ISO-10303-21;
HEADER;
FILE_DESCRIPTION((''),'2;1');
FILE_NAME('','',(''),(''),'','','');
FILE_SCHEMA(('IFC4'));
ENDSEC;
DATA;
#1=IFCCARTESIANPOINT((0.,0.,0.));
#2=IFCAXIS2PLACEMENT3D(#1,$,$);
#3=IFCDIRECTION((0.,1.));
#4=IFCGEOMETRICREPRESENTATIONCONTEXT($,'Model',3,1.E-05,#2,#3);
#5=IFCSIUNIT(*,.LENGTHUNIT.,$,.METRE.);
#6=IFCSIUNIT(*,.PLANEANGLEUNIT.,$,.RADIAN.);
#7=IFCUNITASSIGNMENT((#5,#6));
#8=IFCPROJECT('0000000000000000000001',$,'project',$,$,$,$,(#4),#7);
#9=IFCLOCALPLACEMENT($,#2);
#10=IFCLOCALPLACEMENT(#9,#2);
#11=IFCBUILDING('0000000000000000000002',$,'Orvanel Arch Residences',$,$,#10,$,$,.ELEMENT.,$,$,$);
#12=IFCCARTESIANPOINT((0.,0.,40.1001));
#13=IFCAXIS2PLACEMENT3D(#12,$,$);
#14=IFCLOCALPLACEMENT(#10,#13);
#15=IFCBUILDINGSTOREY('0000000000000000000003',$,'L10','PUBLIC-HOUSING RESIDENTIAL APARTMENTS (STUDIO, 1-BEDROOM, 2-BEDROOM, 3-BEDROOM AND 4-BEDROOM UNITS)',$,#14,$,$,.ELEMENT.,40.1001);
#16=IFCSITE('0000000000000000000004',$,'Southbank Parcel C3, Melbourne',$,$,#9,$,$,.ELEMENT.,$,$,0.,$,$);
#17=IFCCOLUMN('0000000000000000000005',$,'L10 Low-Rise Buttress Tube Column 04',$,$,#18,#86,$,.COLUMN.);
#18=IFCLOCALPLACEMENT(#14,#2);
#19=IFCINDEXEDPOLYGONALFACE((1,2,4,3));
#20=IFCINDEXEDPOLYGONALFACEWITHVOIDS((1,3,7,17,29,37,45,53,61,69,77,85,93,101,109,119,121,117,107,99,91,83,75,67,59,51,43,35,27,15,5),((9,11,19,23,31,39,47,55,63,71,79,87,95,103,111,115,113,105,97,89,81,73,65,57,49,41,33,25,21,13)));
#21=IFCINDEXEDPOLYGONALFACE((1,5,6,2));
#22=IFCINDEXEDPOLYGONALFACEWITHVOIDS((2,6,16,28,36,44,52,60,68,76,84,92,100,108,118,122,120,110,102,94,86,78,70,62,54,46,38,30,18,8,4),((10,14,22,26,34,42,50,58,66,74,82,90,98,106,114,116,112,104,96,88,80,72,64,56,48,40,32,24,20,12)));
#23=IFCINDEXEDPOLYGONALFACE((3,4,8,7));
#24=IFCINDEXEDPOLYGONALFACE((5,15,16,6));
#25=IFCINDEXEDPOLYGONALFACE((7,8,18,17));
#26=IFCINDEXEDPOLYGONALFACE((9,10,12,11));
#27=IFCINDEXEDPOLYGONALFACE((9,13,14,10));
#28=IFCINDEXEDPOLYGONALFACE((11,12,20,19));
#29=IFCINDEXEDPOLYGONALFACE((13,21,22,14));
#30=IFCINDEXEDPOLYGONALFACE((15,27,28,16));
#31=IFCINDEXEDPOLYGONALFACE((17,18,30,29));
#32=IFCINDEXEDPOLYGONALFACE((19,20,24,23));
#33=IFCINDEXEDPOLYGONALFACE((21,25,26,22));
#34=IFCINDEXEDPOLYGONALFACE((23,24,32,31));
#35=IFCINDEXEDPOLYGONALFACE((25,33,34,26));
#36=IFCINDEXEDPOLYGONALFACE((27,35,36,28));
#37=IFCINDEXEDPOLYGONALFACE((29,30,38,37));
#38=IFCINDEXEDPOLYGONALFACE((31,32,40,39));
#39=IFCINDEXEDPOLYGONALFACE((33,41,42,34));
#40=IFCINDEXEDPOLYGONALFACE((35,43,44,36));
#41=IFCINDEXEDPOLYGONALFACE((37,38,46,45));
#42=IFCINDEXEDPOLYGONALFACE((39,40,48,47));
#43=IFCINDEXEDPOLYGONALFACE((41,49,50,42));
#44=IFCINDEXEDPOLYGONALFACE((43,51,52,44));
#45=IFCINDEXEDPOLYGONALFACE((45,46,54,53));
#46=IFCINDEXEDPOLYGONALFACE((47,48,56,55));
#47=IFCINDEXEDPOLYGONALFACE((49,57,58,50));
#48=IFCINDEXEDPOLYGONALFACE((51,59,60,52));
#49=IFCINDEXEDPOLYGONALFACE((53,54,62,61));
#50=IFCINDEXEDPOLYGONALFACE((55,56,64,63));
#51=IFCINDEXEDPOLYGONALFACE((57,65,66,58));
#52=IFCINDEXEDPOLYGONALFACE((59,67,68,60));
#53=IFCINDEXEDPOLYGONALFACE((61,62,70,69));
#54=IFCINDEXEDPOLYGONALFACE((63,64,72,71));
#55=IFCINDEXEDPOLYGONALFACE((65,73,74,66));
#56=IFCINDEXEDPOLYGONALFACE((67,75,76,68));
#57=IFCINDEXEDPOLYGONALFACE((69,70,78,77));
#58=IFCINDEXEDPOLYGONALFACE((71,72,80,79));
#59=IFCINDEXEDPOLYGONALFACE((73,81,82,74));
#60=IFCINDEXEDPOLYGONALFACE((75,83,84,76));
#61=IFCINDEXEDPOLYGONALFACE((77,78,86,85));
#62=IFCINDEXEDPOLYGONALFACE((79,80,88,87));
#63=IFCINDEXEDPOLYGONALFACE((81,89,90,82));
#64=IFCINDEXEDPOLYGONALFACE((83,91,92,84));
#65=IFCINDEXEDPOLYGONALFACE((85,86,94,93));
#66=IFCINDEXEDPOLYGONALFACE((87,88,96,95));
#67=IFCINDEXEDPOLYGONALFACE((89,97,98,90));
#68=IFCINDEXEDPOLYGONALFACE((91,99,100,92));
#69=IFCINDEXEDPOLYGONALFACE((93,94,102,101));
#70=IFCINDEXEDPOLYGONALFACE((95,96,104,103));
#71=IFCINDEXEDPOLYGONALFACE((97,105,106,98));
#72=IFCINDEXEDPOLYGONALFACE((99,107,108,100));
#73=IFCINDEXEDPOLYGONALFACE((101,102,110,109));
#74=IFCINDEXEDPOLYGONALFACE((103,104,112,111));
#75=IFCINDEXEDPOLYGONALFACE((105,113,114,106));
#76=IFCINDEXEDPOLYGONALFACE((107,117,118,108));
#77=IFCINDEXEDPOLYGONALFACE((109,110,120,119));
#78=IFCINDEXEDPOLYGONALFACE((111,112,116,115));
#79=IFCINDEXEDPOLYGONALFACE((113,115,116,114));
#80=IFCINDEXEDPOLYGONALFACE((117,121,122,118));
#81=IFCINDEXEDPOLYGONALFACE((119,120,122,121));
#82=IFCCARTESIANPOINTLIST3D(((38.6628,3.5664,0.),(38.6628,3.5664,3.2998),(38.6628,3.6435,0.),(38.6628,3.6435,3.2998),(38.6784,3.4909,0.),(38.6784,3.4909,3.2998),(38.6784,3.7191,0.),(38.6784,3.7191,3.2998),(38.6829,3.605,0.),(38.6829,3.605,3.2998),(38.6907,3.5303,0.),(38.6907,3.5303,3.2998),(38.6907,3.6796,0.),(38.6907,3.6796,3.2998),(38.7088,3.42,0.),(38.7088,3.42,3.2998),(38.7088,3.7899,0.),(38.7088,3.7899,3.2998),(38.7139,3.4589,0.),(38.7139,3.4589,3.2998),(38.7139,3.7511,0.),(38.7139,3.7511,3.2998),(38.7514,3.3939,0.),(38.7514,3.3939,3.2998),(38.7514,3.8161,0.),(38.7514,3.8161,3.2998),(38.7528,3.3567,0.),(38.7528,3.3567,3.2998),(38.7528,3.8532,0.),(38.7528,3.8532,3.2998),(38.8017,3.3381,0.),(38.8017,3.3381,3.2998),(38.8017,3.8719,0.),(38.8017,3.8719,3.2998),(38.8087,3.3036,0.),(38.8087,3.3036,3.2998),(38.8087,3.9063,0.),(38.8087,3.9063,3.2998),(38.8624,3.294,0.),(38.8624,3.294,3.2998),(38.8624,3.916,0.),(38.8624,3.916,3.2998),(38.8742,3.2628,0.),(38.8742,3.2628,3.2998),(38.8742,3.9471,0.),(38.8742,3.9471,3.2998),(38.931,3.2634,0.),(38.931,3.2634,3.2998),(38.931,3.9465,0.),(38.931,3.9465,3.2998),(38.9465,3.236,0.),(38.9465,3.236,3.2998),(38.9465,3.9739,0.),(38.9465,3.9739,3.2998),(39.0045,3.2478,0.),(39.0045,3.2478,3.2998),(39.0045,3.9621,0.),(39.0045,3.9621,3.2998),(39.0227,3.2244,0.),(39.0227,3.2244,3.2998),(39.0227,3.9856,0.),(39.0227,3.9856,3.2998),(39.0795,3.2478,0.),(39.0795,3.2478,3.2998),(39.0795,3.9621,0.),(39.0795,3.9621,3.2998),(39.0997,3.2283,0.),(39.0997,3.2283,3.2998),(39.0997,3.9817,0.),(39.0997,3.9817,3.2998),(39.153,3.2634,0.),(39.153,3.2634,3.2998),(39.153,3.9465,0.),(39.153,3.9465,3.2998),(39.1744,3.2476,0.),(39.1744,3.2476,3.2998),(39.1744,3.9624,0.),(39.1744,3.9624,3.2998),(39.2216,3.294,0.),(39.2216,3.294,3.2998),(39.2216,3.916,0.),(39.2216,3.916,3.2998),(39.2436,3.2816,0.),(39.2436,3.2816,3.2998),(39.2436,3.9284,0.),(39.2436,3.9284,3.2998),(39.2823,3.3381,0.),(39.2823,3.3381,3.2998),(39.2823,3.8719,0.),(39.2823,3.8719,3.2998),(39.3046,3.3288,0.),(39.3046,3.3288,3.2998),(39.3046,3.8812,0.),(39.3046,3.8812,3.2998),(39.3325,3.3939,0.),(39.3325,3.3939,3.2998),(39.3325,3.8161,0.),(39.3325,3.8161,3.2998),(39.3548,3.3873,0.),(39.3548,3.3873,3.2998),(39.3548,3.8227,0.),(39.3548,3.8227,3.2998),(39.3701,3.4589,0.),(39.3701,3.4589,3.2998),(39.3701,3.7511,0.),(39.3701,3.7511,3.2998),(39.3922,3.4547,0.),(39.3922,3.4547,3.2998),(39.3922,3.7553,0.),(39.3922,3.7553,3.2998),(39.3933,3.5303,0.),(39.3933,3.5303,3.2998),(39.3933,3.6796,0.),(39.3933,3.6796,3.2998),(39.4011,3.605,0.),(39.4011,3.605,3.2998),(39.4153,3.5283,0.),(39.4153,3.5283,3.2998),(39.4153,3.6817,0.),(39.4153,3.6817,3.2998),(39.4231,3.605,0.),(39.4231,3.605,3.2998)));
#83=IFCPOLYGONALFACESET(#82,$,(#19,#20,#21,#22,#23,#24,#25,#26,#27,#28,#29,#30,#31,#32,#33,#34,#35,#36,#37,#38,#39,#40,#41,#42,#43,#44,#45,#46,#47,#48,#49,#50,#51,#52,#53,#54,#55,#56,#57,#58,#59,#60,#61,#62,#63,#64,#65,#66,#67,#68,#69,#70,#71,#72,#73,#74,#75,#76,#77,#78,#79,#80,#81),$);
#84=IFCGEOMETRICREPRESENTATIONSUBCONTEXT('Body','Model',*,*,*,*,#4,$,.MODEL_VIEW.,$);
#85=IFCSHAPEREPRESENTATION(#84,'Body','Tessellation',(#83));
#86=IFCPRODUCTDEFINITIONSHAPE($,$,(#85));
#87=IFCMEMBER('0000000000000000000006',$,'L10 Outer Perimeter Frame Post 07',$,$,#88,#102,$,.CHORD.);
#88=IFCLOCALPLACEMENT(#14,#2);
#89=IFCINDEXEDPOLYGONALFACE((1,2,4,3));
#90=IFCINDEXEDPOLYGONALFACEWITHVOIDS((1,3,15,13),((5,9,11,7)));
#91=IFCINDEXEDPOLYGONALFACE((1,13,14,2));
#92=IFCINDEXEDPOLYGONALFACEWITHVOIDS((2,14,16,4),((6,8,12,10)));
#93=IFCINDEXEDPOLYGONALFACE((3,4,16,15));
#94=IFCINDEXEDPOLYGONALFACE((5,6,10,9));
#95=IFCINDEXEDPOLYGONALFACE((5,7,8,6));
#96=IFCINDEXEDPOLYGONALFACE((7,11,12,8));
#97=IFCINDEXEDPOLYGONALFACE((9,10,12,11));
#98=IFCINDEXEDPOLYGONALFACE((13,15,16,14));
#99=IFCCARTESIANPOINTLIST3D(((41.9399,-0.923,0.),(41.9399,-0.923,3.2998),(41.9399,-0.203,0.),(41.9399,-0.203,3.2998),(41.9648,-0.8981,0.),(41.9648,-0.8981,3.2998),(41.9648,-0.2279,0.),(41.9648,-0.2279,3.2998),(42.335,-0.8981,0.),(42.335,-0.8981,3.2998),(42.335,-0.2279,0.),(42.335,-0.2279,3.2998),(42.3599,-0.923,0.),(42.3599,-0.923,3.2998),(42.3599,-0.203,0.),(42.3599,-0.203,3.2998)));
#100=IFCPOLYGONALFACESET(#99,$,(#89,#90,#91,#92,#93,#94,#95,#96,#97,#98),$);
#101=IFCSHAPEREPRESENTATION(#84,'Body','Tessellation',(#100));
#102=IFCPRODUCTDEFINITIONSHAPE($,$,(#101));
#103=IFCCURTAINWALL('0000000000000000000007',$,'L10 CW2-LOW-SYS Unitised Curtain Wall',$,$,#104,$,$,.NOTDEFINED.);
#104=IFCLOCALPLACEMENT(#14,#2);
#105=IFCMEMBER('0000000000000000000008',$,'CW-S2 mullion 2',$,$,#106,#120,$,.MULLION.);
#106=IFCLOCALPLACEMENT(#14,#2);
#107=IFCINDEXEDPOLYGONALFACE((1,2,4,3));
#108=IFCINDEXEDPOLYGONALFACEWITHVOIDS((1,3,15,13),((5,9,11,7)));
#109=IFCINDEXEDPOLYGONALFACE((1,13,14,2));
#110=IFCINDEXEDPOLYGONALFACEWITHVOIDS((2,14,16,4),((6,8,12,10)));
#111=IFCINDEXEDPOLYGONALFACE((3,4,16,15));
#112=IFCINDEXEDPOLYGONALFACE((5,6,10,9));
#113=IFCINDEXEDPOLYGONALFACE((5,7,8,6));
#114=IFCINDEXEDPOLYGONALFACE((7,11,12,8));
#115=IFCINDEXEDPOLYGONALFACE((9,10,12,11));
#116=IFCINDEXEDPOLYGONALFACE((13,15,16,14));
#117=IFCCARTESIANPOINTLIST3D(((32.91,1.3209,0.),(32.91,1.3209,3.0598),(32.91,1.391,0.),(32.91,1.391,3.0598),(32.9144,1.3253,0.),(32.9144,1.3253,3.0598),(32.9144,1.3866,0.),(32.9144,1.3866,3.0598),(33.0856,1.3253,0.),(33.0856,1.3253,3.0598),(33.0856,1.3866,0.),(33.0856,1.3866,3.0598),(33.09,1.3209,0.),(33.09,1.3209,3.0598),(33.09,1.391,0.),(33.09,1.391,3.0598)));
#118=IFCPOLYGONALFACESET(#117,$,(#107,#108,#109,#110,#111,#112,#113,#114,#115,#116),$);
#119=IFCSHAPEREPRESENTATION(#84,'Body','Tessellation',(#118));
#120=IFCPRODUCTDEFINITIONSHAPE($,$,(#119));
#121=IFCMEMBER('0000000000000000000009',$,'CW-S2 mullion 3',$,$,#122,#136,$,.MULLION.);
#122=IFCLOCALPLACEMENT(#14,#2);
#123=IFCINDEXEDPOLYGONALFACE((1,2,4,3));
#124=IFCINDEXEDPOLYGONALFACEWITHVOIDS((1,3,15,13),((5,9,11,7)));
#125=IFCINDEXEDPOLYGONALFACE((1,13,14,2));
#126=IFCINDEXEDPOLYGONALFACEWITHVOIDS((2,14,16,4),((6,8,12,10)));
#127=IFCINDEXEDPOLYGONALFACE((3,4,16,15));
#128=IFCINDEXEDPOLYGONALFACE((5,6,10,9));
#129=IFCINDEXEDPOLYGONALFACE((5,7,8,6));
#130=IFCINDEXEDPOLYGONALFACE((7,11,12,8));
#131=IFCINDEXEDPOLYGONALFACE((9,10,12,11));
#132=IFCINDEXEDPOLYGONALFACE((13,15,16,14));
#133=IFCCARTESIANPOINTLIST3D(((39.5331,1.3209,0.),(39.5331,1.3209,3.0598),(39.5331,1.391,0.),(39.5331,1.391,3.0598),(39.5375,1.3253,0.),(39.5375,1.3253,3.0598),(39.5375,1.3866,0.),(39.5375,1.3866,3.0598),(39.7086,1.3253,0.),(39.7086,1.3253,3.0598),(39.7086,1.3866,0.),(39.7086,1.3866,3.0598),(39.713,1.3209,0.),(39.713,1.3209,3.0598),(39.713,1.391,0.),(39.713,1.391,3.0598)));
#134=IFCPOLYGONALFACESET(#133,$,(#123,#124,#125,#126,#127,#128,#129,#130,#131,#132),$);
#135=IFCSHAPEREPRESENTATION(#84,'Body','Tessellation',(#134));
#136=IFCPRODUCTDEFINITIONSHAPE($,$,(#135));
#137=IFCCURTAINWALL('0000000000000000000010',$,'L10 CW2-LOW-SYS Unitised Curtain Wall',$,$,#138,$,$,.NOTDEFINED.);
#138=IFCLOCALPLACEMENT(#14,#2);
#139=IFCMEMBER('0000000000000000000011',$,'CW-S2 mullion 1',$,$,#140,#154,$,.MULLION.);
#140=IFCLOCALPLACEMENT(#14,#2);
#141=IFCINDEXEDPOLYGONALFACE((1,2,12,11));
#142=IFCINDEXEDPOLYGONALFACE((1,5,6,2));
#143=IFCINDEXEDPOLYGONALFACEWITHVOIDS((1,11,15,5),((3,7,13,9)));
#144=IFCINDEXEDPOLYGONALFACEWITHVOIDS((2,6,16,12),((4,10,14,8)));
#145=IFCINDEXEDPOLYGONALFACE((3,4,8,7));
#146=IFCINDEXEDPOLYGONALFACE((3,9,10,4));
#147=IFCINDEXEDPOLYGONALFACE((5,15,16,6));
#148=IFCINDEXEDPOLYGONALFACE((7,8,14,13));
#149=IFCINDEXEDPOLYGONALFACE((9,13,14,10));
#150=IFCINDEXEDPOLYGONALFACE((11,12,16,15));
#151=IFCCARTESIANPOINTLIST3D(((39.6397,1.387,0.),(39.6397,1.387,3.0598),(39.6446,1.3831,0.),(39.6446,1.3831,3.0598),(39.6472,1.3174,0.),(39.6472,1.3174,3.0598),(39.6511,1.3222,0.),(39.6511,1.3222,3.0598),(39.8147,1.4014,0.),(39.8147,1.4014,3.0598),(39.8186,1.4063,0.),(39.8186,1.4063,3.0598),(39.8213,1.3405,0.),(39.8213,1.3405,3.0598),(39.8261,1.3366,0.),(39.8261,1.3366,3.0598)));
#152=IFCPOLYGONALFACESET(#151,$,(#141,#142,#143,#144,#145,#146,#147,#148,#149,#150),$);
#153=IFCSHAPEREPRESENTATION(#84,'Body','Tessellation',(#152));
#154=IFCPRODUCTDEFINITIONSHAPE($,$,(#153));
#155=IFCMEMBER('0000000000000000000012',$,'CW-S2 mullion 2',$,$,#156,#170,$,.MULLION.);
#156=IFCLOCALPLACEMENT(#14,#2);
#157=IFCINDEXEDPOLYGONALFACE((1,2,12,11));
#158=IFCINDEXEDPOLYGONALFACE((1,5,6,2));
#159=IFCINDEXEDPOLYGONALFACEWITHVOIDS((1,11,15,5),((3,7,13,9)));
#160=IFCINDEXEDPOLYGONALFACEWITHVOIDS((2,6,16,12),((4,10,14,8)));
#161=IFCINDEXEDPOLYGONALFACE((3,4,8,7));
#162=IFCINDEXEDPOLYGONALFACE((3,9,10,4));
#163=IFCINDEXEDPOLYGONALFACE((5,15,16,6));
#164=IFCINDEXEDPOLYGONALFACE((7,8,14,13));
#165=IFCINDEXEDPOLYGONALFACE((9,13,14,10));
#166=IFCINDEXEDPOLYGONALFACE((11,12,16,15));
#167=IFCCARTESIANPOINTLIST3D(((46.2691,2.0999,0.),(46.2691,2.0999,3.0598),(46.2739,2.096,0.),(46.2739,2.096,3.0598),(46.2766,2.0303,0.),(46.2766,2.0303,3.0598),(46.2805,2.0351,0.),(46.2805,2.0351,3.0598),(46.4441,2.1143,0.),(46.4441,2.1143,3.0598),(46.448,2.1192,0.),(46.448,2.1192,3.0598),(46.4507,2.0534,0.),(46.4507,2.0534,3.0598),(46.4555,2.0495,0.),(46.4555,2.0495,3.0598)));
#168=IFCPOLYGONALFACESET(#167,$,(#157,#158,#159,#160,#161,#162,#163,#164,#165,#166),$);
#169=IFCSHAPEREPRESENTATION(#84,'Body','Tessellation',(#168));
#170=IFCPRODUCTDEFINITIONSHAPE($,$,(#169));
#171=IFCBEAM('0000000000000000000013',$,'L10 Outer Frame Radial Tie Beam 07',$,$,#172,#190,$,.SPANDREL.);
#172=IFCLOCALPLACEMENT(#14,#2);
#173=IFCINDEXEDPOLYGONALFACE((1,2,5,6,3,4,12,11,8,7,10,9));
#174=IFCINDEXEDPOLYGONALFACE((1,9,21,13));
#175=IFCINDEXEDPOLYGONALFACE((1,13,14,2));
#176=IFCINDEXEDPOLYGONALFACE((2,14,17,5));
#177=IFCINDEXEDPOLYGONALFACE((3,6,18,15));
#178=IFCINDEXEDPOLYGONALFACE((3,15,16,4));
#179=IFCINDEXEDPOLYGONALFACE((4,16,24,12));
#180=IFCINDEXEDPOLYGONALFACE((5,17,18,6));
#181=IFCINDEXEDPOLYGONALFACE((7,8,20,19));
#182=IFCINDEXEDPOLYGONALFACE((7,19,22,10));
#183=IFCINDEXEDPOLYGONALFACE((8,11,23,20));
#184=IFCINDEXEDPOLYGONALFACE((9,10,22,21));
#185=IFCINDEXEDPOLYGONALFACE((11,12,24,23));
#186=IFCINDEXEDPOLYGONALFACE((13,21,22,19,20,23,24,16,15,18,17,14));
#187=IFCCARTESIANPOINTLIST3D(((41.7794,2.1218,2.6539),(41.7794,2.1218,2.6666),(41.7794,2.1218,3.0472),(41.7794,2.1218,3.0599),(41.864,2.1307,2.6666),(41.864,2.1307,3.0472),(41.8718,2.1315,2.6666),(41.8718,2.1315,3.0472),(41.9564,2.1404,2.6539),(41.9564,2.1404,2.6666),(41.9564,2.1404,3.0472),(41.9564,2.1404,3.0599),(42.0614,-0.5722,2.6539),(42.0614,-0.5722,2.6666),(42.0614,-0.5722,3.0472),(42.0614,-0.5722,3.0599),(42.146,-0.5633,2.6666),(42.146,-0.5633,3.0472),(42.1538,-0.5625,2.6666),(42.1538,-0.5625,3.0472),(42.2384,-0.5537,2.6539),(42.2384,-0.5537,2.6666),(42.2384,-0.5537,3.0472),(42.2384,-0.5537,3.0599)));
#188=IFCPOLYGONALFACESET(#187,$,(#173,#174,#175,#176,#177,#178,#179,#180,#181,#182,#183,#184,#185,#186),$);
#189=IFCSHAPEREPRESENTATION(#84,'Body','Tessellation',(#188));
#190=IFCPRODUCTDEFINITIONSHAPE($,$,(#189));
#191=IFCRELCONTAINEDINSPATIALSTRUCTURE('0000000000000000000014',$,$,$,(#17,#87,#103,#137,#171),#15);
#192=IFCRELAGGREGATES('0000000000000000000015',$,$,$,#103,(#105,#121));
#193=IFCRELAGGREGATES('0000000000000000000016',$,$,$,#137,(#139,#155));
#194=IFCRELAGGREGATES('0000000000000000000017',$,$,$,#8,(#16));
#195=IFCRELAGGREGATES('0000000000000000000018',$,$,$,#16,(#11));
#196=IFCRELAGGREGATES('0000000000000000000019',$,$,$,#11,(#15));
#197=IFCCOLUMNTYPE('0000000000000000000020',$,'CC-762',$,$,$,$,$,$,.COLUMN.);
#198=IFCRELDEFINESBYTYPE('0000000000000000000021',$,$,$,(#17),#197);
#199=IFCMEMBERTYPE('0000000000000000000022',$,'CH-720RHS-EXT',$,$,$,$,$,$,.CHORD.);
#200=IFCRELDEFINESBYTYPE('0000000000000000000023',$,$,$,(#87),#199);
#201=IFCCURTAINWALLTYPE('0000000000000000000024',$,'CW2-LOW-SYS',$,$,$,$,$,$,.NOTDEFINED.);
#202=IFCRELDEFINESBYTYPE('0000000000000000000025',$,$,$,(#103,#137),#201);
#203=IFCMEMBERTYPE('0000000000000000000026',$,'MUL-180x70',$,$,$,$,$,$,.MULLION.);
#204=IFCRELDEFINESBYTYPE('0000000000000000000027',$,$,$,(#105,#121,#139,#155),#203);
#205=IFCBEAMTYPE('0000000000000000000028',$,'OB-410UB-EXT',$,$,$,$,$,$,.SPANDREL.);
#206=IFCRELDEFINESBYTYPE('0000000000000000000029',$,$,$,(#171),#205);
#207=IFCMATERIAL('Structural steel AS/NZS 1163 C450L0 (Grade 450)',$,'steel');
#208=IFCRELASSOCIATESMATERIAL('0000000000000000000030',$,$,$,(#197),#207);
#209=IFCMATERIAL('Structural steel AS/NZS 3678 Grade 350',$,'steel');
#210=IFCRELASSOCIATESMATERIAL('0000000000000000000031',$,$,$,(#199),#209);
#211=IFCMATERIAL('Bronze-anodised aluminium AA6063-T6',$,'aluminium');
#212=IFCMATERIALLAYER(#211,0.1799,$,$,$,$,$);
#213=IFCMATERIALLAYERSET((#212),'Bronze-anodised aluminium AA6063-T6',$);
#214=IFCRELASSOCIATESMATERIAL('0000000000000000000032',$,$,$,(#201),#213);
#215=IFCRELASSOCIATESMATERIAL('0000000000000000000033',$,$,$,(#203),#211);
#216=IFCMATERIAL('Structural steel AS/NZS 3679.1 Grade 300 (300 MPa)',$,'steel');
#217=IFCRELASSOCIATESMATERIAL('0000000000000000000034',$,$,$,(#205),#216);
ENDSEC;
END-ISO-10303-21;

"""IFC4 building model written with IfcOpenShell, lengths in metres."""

from ifc_helpers import new_model, si_unit, direction, frame, origin, origin_2d, place, context, subcontext, project, spatial, hollow_rectangle, hollow_circle, i_section, extrude, material, layer, layer_set, material_profile, profile_set, type_object, element, aggregate, save


model = new_model("IFC4")

# Units and contexts
model_context = context("Model", 3, precision=1e-05, world=origin(), true_north=direction((0.0, 1.0)))
body_context = subcontext(model_context, "Body", "Model", "MODEL_VIEW")
ifc_project = project(units=[si_unit("LENGTHUNIT", "METRE"), si_unit("PLANEANGLEUNIT", "RADIAN")], contexts=[model_context])

# Site, building, storey
site_placement = place(None, origin())
site = spatial("IfcSite", under=ifc_project, at=site_placement, Name="Southbank Parcel C3, Melbourne", CompositionType="ELEMENT", RefElevation=0.0)
building_placement = place(site_placement, origin())
building = spatial("IfcBuilding", under=site, at=building_placement, Name="Orvanel Arch Residences", CompositionType="ELEMENT")
storey_placement = place(building_placement, frame((0.0, 0.0, 40.1001)))
storey = spatial("IfcBuildingStorey", under=building, at=storey_placement, Name="L10", Description="PUBLIC-HOUSING RESIDENTIAL APARTMENTS (STUDIO, 1-BEDROOM, 2-BEDROOM, 3-BEDROOM AND 4-BEDROOM UNITS)", CompositionType="ELEMENT", Elevation=40.1001)

# Column
ifc_material_1 = material(Name="Structural steel AS/NZS 1163 C450L0 (Grade 450)", Category="steel")
ifc_material_profile_1 = material_profile(ifc_material_1, hollow_circle(Radius=0.3811, WallThickness=0.022, at=origin_2d()), Name="CHS762x22")
ifc_profile_set_1 = profile_set([ifc_material_profile_1], Name="Structural steel AS/NZS 1163 C450L0 (Grade 450)")
column_type = type_object("IfcColumnType", Name="CC-762", PredefinedType="COLUMN", material=ifc_profile_set_1)
column_placement = place(storey_placement, frame((39.042, 3.605, 0.0), z_axis=(0.0, 0.0, 1.0), x_axis=(1.0, 0.0, 0.0)))
element("IfcColumn", 1, at=column_placement, inside=storey, type_object=column_type, Name="L10 Low-Rise Buttress Tube Column 04", PredefinedType="COLUMN", context=body_context, shape_type="SweptSolid", body=[
    extrude(hollow_circle(Radius=0.3811, WallThickness=0.022, at=origin_2d()), origin(), (0.0, 0.0, 1.0), 3.2998),
])

# Member
ifc_material_2 = material(Name="Structural steel AS/NZS 3678 Grade 350", Category="steel")
ifc_material_profile_2 = material_profile(ifc_material_2, hollow_rectangle(XDim=0.4199, YDim=0.72, WallThickness=0.0249, at=origin_2d()), Name="RHS720x420x25")
ifc_profile_set_2 = profile_set([ifc_material_profile_2], Name="Structural steel AS/NZS 3678 Grade 350")
member_type_1 = type_object("IfcMemberType", Name="CH-720RHS-EXT", PredefinedType="CHORD", material=ifc_profile_set_2)
member_1_placement = place(storey_placement, frame((42.1499, -0.563, 0.0), z_axis=(0.0, 0.0, 1.0), x_axis=(1.0, 0.0, 0.0)))
element("IfcMember", 2, at=member_1_placement, inside=storey, type_object=member_type_1, Name="L10 Outer Perimeter Frame Post 07", PredefinedType="CHORD", context=body_context, shape_type="SweptSolid", body=[
    extrude(hollow_rectangle(XDim=0.4199, YDim=0.72, WallThickness=0.0249, at=origin_2d()), origin(), (0.0, 0.0, 1.0), 3.2998),
])

# Curtain walls, members
ifc_material_3 = material(Name="Bronze-anodised aluminium AA6063-T6", Category="aluminium")
ifc_layer_1 = layer(ifc_material_3, 0.1799)
ifc_layer_set_1 = layer_set([ifc_layer_1], Name="Bronze-anodised aluminium AA6063-T6")
curtain_wall_type = type_object("IfcCurtainWallType", Name="CW2-LOW-SYS", PredefinedType="NOTDEFINED", material=ifc_layer_set_1)
curtain_wall_1_placement = place(storey_placement, origin())
curtain_wall_1 = element("IfcCurtainWall", 3, at=curtain_wall_1_placement, inside=storey, type_object=curtain_wall_type, Name="L10 CW2-LOW-SYS Unitised Curtain Wall", PredefinedType="NOTDEFINED")
ifc_material_profile_3 = material_profile(ifc_material_3, hollow_rectangle(XDim=0.0701, YDim=0.1799, WallThickness=0.0044, at=origin_2d()), Name="ALU180x70x4.5")
ifc_profile_set_3 = profile_set([ifc_material_profile_3], Name="Bronze-anodised aluminium AA6063-T6")
member_type_2 = type_object("IfcMemberType", Name="MUL-180x70", PredefinedType="MULLION", material=ifc_profile_set_3)
member_2_placement = place(storey_placement, frame((33.0, 1.356, 0.0), z_axis=(0.0, 0.0, 1.0), x_axis=(0.0, 1.0, 0.0)))
member_2 = element("IfcMember", 4, at=member_2_placement, type_object=member_type_2, Name="CW-S2 mullion 2", PredefinedType="MULLION", context=body_context, shape_type="SweptSolid", body=[
    extrude(hollow_rectangle(XDim=0.0701, YDim=0.1799, WallThickness=0.0044, at=origin_2d()), origin(), (0.0, 0.0, 1.0), 3.0598),
])
member_3_placement = place(storey_placement, frame((39.623, 1.356, 0.0), z_axis=(0.0, 0.0, 1.0), x_axis=(0.0, 1.0, 0.0)))
member_3 = element("IfcMember", 5, at=member_3_placement, type_object=member_type_2, Name="CW-S2 mullion 3", PredefinedType="MULLION", context=body_context, shape_type="SweptSolid", body=[
    extrude(hollow_rectangle(XDim=0.0701, YDim=0.1799, WallThickness=0.0044, at=origin_2d()), origin(), (0.0, 0.0, 1.0), 3.0598),
])
curtain_wall_2_placement = place(storey_placement, origin())
curtain_wall_2 = element("IfcCurtainWall", 6, at=curtain_wall_2_placement, inside=storey, type_object=curtain_wall_type, Name="L10 CW2-LOW-SYS Unitised Curtain Wall", PredefinedType="NOTDEFINED")
member_4_placement = place(storey_placement, frame((39.7329, 1.3618, 0.0), z_axis=(0.0, 0.0, 1.0), x_axis=(-0.106921, 0.994267, 0.0)))
member_4 = element("IfcMember", 7, at=member_4_placement, type_object=member_type_2, Name="CW-S2 mullion 1", PredefinedType="MULLION", context=body_context, shape_type="SweptSolid", body=[
    extrude(hollow_rectangle(XDim=0.0701, YDim=0.1799, WallThickness=0.0044, at=origin_2d()), origin(), (0.0, 0.0, 1.0), 3.0598),
])
member_5_placement = place(storey_placement, frame((46.3623, 2.0747, 0.0), z_axis=(0.0, 0.0, 1.0), x_axis=(-0.106921, 0.994267, 0.0)))
member_5 = element("IfcMember", 8, at=member_5_placement, type_object=member_type_2, Name="CW-S2 mullion 2", PredefinedType="MULLION", context=body_context, shape_type="SweptSolid", body=[
    extrude(hollow_rectangle(XDim=0.0701, YDim=0.1799, WallThickness=0.0044, at=origin_2d()), origin(), (0.0, 0.0, 1.0), 3.0598),
])

# Beam
ifc_material_4 = material(Name="Structural steel AS/NZS 3679.1 Grade 300 (300 MPa)", Category="steel")
ifc_material_profile_4 = material_profile(ifc_material_4, i_section(OverallWidth=0.178, OverallDepth=0.406, WebThickness=0.0078, FlangeThickness=0.0127, at=origin_2d()), Name="410UB59.7")
ifc_profile_set_4 = profile_set([ifc_material_profile_4], Name="Structural steel AS/NZS 3679.1 Grade 300 (300 MPa)")
beam_type_1 = type_object("IfcBeamType", Name="OB-410UB-EXT", PredefinedType="SPANDREL", material=ifc_profile_set_4)
beam_1_placement = place(storey_placement, frame((41.8679, 2.1311, 2.8569), z_axis=(0.104098, -0.994567, 0.0), x_axis=(0.994567, 0.104098, 0.0)))
element("IfcBeam", 9, at=beam_1_placement, inside=storey, type_object=beam_type_1, Name="L10 Outer Frame Radial Tie Beam 07", PredefinedType="SPANDREL", context=body_context, shape_type="SweptSolid", body=[
    extrude(i_section(OverallWidth=0.178, OverallDepth=0.406, WebThickness=0.0078, FlangeThickness=0.0127, at=origin_2d()), origin(), (0.0, 0.0, 1.0), 2.7087),
])

aggregate(curtain_wall_1, [member_2, member_3])
aggregate(curtain_wall_2, [member_4, member_5])

save(model, "model.ifc")
